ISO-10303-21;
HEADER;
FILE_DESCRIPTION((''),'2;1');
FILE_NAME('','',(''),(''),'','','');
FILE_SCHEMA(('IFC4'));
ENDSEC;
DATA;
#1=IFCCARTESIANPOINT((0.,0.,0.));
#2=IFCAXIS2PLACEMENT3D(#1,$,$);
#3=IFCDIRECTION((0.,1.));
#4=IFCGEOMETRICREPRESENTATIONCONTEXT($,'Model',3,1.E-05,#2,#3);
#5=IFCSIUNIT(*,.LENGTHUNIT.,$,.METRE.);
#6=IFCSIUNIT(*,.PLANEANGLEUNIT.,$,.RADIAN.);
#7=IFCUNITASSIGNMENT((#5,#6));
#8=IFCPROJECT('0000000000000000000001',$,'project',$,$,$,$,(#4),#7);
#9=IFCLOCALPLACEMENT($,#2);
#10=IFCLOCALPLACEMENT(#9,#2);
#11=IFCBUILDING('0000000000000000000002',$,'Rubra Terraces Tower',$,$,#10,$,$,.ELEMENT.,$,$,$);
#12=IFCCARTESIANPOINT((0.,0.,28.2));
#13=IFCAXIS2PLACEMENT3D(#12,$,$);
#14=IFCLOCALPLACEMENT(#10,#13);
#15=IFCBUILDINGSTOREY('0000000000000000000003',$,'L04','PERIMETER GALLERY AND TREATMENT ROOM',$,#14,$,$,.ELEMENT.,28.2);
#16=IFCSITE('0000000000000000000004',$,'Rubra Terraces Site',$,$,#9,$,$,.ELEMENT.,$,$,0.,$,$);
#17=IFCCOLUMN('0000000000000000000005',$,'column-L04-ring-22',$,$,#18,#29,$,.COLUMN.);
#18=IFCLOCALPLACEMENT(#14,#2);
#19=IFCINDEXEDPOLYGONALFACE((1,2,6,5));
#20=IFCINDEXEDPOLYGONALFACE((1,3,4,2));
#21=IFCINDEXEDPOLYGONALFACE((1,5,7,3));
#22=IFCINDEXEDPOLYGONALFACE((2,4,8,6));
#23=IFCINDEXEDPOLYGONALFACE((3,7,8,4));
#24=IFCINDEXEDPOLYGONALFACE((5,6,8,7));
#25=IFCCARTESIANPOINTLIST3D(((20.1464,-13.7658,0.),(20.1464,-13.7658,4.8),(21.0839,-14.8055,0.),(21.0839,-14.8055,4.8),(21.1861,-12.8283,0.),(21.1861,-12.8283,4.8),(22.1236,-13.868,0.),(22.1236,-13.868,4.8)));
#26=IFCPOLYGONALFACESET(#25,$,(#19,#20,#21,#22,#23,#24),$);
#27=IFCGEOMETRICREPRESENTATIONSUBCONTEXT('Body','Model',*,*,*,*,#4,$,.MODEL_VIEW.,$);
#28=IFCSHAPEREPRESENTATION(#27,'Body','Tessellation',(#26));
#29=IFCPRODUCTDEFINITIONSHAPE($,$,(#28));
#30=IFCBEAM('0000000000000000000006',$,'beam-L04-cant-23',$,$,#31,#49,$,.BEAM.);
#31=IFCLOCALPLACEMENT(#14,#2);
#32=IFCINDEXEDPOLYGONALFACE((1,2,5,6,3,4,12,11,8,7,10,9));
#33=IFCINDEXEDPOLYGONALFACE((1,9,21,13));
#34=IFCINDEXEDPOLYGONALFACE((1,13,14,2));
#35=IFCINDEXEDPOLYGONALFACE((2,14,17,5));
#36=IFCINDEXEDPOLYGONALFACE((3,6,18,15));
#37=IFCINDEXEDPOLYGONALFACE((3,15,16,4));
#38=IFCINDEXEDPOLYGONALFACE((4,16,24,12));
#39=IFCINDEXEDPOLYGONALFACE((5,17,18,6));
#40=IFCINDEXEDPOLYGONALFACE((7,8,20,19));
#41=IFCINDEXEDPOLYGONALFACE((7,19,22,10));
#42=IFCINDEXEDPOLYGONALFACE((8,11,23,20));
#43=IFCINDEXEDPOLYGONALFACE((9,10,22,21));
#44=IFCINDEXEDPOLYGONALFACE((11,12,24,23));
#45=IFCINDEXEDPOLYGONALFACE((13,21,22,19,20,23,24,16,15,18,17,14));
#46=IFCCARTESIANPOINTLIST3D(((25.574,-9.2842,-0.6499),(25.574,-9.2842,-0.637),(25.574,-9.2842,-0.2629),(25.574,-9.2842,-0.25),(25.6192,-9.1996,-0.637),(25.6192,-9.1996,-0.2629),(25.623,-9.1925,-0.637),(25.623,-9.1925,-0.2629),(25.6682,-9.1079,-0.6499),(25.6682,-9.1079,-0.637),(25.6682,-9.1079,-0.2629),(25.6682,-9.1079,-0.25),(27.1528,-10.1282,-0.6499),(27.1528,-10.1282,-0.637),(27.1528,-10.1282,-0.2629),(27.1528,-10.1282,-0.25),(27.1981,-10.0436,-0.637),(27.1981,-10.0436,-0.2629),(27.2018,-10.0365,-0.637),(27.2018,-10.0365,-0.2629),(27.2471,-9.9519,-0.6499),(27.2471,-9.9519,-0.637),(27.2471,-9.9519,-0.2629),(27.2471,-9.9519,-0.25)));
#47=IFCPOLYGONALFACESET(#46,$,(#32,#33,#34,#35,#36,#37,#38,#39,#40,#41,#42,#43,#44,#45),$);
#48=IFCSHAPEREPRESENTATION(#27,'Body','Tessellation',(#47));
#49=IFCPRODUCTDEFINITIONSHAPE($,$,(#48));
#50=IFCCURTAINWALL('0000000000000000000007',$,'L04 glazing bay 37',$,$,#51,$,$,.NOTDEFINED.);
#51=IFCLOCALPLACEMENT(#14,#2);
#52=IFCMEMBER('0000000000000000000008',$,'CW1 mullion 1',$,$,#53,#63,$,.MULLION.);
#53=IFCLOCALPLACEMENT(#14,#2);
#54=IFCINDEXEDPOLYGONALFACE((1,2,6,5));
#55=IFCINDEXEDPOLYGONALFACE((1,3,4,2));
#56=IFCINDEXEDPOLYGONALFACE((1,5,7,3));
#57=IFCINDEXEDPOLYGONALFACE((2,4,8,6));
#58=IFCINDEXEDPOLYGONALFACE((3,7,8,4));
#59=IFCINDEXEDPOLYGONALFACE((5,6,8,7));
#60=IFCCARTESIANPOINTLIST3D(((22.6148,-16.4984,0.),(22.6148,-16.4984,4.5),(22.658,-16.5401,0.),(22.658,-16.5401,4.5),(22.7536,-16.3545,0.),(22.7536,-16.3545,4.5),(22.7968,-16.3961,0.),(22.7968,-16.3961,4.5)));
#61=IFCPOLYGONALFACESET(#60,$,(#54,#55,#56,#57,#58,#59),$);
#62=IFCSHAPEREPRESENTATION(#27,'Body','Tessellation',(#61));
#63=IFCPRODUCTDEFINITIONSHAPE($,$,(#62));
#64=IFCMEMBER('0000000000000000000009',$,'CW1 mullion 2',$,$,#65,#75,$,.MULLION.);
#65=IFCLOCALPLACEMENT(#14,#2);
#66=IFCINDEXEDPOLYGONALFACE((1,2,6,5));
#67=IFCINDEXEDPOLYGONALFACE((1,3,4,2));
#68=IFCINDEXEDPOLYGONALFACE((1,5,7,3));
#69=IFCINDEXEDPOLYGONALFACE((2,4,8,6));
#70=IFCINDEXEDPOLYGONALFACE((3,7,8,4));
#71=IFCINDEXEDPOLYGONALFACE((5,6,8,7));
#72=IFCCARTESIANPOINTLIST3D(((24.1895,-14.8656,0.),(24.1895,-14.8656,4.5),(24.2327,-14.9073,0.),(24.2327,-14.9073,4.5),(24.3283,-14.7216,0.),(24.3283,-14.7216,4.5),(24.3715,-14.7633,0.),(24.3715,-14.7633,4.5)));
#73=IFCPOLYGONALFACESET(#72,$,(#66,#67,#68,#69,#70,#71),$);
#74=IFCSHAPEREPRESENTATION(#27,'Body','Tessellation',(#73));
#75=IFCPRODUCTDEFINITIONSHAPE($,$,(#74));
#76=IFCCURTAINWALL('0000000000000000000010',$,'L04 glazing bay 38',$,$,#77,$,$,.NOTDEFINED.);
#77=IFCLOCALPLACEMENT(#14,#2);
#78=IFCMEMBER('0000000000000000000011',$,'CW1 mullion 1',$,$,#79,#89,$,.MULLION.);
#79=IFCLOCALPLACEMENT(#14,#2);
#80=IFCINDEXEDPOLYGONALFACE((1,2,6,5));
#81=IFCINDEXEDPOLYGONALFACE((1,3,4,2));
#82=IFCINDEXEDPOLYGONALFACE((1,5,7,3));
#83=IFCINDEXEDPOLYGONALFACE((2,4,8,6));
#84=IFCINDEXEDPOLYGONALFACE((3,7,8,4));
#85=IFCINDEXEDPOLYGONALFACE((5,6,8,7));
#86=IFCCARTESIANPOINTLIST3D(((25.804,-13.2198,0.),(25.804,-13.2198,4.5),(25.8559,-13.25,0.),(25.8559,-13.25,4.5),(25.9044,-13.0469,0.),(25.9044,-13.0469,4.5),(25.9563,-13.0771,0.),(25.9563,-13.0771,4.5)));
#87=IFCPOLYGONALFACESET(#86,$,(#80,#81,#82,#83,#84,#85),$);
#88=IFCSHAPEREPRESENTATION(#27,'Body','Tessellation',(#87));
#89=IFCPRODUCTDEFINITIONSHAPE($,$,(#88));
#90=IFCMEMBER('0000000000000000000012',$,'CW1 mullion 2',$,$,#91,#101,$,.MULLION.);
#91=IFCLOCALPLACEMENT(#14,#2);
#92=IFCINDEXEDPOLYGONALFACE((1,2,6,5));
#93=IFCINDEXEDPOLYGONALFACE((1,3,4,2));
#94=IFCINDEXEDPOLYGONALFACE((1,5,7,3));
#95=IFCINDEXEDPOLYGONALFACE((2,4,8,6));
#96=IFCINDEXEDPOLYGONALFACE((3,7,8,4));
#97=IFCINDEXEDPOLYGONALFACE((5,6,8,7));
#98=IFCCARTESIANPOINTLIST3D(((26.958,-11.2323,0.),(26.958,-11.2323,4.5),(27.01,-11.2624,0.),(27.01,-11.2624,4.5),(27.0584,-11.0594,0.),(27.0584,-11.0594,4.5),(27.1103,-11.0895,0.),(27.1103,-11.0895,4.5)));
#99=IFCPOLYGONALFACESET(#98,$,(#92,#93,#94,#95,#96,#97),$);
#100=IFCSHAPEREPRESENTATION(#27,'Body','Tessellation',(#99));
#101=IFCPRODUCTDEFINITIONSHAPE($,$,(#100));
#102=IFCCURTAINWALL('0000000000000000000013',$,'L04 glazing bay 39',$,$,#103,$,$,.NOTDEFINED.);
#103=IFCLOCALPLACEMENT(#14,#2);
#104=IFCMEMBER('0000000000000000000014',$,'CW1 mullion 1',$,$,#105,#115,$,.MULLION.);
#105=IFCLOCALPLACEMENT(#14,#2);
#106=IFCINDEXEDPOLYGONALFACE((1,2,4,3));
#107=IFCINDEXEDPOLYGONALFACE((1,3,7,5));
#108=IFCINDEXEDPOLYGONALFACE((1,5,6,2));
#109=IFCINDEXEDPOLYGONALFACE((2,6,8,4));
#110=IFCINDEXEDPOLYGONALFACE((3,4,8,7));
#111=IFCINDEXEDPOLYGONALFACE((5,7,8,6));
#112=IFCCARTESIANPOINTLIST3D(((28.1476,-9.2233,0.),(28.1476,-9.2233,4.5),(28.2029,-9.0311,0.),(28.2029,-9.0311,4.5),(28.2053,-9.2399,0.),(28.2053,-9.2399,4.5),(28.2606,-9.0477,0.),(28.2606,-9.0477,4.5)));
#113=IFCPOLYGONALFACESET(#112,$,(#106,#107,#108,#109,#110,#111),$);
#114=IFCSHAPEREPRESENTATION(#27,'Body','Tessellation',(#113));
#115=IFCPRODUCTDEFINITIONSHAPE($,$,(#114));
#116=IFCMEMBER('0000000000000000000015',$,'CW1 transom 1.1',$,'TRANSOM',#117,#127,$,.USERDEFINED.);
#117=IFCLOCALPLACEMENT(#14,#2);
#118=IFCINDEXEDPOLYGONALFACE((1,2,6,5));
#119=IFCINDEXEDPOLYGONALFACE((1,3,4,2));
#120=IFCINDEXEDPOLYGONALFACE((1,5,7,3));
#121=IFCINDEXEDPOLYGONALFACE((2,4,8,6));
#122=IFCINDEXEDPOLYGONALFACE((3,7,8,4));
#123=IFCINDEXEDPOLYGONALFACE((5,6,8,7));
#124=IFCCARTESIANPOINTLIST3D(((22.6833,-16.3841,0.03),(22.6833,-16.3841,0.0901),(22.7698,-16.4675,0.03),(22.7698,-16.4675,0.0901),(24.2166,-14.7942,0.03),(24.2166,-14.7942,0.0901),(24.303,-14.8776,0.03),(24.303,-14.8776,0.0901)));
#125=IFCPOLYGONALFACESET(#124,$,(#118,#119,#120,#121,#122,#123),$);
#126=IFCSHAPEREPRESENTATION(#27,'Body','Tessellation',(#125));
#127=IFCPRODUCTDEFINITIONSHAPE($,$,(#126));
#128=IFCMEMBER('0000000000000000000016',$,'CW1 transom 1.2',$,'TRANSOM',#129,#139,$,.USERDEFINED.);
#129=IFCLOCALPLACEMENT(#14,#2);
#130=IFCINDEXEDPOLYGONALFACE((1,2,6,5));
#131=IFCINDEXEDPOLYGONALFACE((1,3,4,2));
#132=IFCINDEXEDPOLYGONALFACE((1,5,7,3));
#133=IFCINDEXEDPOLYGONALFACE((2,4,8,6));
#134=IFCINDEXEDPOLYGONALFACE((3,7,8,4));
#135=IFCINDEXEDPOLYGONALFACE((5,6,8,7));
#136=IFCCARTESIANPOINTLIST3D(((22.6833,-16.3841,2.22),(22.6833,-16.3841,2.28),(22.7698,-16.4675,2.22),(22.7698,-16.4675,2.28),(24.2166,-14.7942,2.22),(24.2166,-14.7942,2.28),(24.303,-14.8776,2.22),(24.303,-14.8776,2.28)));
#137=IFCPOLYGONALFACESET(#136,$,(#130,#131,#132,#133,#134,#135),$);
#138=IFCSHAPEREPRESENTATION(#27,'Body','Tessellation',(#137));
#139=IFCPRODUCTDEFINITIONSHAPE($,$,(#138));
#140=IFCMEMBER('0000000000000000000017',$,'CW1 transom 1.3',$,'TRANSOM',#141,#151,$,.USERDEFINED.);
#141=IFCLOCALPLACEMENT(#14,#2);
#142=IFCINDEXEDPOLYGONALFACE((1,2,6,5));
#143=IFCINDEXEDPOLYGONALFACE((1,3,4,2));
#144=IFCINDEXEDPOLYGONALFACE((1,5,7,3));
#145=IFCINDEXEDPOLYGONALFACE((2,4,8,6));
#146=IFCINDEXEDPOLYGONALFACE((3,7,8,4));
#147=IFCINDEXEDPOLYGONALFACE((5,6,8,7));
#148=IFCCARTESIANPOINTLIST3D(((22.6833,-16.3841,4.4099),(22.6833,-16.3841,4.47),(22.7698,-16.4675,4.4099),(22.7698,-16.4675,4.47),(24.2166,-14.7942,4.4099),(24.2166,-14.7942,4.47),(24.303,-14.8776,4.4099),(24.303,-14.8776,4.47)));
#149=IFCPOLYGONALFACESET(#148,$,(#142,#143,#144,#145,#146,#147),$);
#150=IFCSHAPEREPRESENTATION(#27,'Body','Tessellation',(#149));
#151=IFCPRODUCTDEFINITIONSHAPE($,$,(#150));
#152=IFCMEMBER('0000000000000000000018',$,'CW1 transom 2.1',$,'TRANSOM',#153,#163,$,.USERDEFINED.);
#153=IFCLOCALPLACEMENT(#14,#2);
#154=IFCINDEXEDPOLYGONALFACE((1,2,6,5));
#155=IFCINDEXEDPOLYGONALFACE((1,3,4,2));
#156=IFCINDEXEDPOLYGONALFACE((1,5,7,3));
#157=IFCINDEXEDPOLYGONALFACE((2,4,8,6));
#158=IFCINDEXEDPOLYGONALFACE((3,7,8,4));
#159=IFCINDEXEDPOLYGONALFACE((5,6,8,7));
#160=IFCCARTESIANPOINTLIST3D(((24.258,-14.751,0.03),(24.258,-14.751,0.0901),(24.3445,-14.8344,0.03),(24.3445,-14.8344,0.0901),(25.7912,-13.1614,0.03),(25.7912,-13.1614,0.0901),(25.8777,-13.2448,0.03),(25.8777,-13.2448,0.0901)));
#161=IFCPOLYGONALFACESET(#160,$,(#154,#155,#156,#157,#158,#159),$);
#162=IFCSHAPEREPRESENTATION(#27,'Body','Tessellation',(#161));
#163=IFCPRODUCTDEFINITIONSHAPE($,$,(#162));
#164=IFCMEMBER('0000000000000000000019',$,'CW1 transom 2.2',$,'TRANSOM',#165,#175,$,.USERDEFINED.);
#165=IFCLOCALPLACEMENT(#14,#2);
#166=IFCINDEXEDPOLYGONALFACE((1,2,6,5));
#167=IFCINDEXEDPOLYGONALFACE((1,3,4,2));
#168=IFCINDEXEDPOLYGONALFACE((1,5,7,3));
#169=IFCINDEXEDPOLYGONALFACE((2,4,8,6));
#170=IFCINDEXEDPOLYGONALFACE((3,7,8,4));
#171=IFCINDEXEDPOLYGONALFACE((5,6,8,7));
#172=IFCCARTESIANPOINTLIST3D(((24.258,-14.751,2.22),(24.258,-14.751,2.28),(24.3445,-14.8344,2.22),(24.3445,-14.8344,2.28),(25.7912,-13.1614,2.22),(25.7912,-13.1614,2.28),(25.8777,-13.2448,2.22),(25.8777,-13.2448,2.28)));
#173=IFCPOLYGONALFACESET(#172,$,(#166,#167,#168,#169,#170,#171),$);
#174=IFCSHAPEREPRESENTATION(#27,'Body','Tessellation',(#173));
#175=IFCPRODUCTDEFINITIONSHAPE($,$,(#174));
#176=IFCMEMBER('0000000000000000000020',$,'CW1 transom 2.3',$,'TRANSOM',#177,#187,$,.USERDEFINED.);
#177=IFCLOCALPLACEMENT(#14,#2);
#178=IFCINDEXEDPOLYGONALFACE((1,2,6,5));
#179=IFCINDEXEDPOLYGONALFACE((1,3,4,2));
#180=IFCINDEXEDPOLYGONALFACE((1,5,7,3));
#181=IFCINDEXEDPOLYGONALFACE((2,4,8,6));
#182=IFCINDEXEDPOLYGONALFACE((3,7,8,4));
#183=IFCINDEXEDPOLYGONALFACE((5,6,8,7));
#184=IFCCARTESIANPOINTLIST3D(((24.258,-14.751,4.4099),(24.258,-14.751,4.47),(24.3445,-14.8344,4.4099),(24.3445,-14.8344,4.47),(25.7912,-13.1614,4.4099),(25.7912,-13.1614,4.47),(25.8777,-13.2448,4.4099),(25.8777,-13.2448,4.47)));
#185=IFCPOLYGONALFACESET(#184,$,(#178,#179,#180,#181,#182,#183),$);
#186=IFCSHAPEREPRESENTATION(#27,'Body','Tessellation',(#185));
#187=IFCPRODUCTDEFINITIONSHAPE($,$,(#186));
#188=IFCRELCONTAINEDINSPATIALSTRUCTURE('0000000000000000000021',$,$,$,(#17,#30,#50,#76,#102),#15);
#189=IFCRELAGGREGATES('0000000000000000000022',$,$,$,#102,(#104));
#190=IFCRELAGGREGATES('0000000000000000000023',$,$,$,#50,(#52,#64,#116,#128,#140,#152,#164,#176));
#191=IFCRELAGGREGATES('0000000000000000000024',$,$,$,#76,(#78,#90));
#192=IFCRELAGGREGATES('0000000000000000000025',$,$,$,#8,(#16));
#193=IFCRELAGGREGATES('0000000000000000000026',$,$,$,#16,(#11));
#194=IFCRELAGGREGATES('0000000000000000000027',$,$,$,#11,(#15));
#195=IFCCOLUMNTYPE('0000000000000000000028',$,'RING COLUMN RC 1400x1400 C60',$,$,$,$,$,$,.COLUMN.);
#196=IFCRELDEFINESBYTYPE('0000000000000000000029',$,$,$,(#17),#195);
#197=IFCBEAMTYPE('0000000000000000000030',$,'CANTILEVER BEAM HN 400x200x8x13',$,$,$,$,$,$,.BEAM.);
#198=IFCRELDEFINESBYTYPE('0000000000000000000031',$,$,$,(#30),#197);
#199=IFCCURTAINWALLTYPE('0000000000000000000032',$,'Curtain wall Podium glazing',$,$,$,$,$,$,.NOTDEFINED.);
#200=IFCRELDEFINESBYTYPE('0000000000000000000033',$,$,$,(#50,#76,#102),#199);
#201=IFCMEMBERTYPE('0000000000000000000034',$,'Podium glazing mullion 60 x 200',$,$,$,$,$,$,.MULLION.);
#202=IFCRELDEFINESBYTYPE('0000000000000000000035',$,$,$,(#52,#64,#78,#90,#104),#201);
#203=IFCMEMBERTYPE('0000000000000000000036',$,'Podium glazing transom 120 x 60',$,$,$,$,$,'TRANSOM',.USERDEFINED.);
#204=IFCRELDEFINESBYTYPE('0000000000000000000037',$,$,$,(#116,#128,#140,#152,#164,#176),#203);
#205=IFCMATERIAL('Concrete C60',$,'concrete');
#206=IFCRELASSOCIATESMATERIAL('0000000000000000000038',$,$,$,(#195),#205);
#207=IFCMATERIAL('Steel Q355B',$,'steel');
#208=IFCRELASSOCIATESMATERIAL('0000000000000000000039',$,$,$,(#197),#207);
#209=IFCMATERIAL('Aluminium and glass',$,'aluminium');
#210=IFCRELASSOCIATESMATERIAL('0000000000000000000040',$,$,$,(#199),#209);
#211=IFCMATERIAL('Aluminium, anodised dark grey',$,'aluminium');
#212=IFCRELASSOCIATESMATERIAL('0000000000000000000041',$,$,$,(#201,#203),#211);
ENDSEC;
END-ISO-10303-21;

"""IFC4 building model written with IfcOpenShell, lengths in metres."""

from ifc_helpers import new_model, si_unit, direction, frame, origin, origin_2d, place, context, subcontext, project, spatial, rectangle, i_section, extrude, material, material_profile, profile_set, type_object, element, aggregate, save


model = new_model("IFC4")

# Units and contexts
model_context = context("Model", 3, precision=1e-05, world=origin(), true_north=direction((0.0, 1.0)))
body_context = subcontext(model_context, "Body", "Model", "MODEL_VIEW")
ifc_project = project(units=[si_unit("LENGTHUNIT", "METRE"), si_unit("PLANEANGLEUNIT", "RADIAN")], contexts=[model_context])

# Site, building, storey
site_placement = place(None, origin())
site = spatial("IfcSite", under=ifc_project, at=site_placement, Name="Rubra Terraces Site", CompositionType="ELEMENT", RefElevation=0.0)
building_placement = place(site_placement, origin())
building = spatial("IfcBuilding", under=site, at=building_placement, Name="Rubra Terraces Tower", CompositionType="ELEMENT")
storey_placement = place(building_placement, frame((0.0, 0.0, 28.2)))
storey = spatial("IfcBuildingStorey", under=building, at=storey_placement, Name="L04", Description="PERIMETER GALLERY AND TREATMENT ROOM", CompositionType="ELEMENT", Elevation=28.2)

# Column
ifc_material_1 = material(Name="Concrete C60", Category="concrete")
ifc_material_profile_1 = material_profile(ifc_material_1, rectangle(XDim=1.3999, YDim=1.3999, at=origin_2d()), Name="RC 1400x1400")
ifc_profile_set_1 = profile_set([ifc_material_profile_1], Name="Concrete C60")
column_type = type_object("IfcColumnType", Name="RING COLUMN RC 1400x1400 C60", PredefinedType="COLUMN", material=ifc_profile_set_1)
column_placement = place(storey_placement, frame((21.135, -13.8169, 0.0), z_axis=(0.0, 0.0, 1.0), x_axis=(0.742676, 0.669651, 0.0)))
element("IfcColumn", 1, at=column_placement, inside=storey, type_object=column_type, Name="column-L04-ring-22", PredefinedType="COLUMN", context=body_context, shape_type="SweptSolid", body=[
    extrude(rectangle(XDim=1.3999, YDim=1.3999, at=origin_2d()), origin(), (0.0, 0.0, 1.0), 4.8),
])

# Beam
ifc_material_2 = material(Name="Steel Q355B", Category="steel")
ifc_material_profile_2 = material_profile(ifc_material_2, i_section(OverallWidth=0.2, OverallDepth=0.3999, WebThickness=0.0081, FlangeThickness=0.0129, at=origin_2d()), Name="HN 400x200x8x13")
ifc_profile_set_2 = profile_set([ifc_material_profile_2], Name="Steel Q355B")
beam_type = type_object("IfcBeamType", Name="CANTILEVER BEAM HN 400x200x8x13", PredefinedType="BEAM", material=ifc_profile_set_2)
beam_placement = place(storey_placement, frame((25.6211, -9.196, -0.45), z_axis=(0.881903, -0.47143, 0.0), x_axis=(0.47143, 0.881903, 0.0)))
element("IfcBeam", 2, at=beam_placement, inside=storey, type_object=beam_type, Name="beam-L04-cant-23", PredefinedType="BEAM", context=body_context, shape_type="SweptSolid", body=[
    extrude(i_section(OverallWidth=0.2, OverallDepth=0.3999, WebThickness=0.0081, FlangeThickness=0.0129, at=origin_2d()), origin(), (0.0, 0.0, 1.0), 1.7903),
])

# Curtain walls, members
ifc_material_3 = material(Name="Aluminium and glass", Category="aluminium")
curtain_wall_type = type_object("IfcCurtainWallType", Name="Curtain wall Podium glazing", PredefinedType="NOTDEFINED", material=ifc_material_3)
curtain_wall_1_placement = place(storey_placement, origin())
curtain_wall_1 = element("IfcCurtainWall", 3, at=curtain_wall_1_placement, inside=storey, type_object=curtain_wall_type, Name="L04 glazing bay 37", PredefinedType="NOTDEFINED")
ifc_material_4 = material(Name="Aluminium, anodised dark grey", Category="aluminium")
ifc_material_profile_3 = material_profile(ifc_material_4, rectangle(XDim=0.0601, YDim=0.2, at=origin_2d()), Name="AL 60x200")
ifc_profile_set_3 = profile_set([ifc_material_profile_3], Name="Aluminium, anodised dark grey")
member_type_1 = type_object("IfcMemberType", Name="Podium glazing mullion 60 x 200", PredefinedType="MULLION", material=ifc_profile_set_3)
member_1_placement = place(storey_placement, frame((22.7058, -16.4473, 0.0), z_axis=(0.0, 0.0, 1.0), x_axis=(-0.719825, 0.694156, 0.0)))
member_1 = element("IfcMember", 4, at=member_1_placement, type_object=member_type_1, Name="CW1 mullion 1", PredefinedType="MULLION", context=body_context, shape_type="SweptSolid", body=[
    extrude(rectangle(XDim=0.0601, YDim=0.2, at=origin_2d()), origin(), (0.0, 0.0, 1.0), 4.5),
])
member_2_placement = place(storey_placement, frame((24.2805, -14.8145, 0.0), z_axis=(0.0, 0.0, 1.0), x_axis=(-0.719825, 0.694156, 0.0)))
member_2 = element("IfcMember", 5, at=member_2_placement, type_object=member_type_1, Name="CW1 mullion 2", PredefinedType="MULLION", context=body_context, shape_type="SweptSolid", body=[
    extrude(rectangle(XDim=0.0601, YDim=0.2, at=origin_2d()), origin(), (0.0, 0.0, 1.0), 4.5),
])
curtain_wall_2_placement = place(storey_placement, origin())
curtain_wall_2 = element("IfcCurtainWall", 6, at=curtain_wall_2_placement, inside=storey, type_object=curtain_wall_type, Name="L04 glazing bay 38", PredefinedType="NOTDEFINED")
member_3_placement = place(storey_placement, frame((25.8801, -13.1484, 0.0), z_axis=(0.0, 0.0, 1.0), x_axis=(-0.864813, 0.502094, 0.0)))
member_3 = element("IfcMember", 7, at=member_3_placement, type_object=member_type_1, Name="CW1 mullion 1", PredefinedType="MULLION", context=body_context, shape_type="SweptSolid", body=[
    extrude(rectangle(XDim=0.0601, YDim=0.2, at=origin_2d()), origin(), (0.0, 0.0, 1.0), 4.5),
])
member_4_placement = place(storey_placement, frame((27.0342, -11.1609, 0.0), z_axis=(0.0, 0.0, 1.0), x_axis=(-0.864813, 0.502094, 0.0)))
member_4 = element("IfcMember", 8, at=member_4_placement, type_object=member_type_1, Name="CW1 mullion 2", PredefinedType="MULLION", context=body_context, shape_type="SweptSolid", body=[
    extrude(rectangle(XDim=0.0601, YDim=0.2, at=origin_2d()), origin(), (0.0, 0.0, 1.0), 4.5),
])

# Curtain wall, member
curtain_wall_3_placement = place(storey_placement, origin())
curtain_wall_3 = element("IfcCurtainWall", 9, at=curtain_wall_3_placement, inside=storey, type_object=curtain_wall_type, Name="L04 glazing bay 39", PredefinedType="NOTDEFINED")
member_5_placement = place(storey_placement, frame((28.2041, -9.1355, 0.0), z_axis=(0.0, 0.0, 1.0), x_axis=(-0.961047, 0.276384, 0.0)))
member_5 = element("IfcMember", 10, at=member_5_placement, type_object=member_type_1, Name="CW1 mullion 1", PredefinedType="MULLION", context=body_context, shape_type="SweptSolid", body=[
    extrude(rectangle(XDim=0.0601, YDim=0.2, at=origin_2d()), origin(), (0.0, 0.0, 1.0), 4.5),
])

# Members
ifc_material_profile_4 = material_profile(ifc_material_4, rectangle(XDim=0.1201, YDim=0.0601, at=origin_2d()), Name="AL 120x60")
ifc_profile_set_4 = profile_set([ifc_material_profile_4], Name="Aluminium, anodised dark grey")
member_type_2 = type_object("IfcMemberType", Name="Podium glazing transom 120 x 60", ElementType="TRANSOM", PredefinedType="USERDEFINED", material=ifc_profile_set_4)
member_6_placement = place(storey_placement, frame((22.7266, -16.4258, 0.0601), z_axis=(0.694168, 0.719813, 0.0), x_axis=(-0.719813, 0.694168, 0.0)))
member_6 = element("IfcMember", 11, at=member_6_placement, type_object=member_type_2, Name="CW1 transom 1.1", ObjectType="TRANSOM", PredefinedType="USERDEFINED", context=body_context, shape_type="SweptSolid", body=[
    extrude(rectangle(XDim=0.1201, YDim=0.0601, at=origin_2d()), origin(), (0.0, 0.0, 1.0), 2.2087),
])
member_7_placement = place(storey_placement, frame((22.7266, -16.4258, 2.25), z_axis=(0.694168, 0.719813, 0.0), x_axis=(-0.719813, 0.694168, 0.0)))
member_7 = element("IfcMember", 12, at=member_7_placement, type_object=member_type_2, Name="CW1 transom 1.2", ObjectType="TRANSOM", PredefinedType="USERDEFINED", context=body_context, shape_type="SweptSolid", body=[
    extrude(rectangle(XDim=0.1201, YDim=0.0601, at=origin_2d()), origin(), (0.0, 0.0, 1.0), 2.2087),
])
member_8_placement = place(storey_placement, frame((22.7266, -16.4258, 4.4399), z_axis=(0.694168, 0.719813, 0.0), x_axis=(-0.719813, 0.694168, 0.0)))
member_8 = element("IfcMember", 13, at=member_8_placement, type_object=member_type_2, Name="CW1 transom 1.3", ObjectType="TRANSOM", PredefinedType="USERDEFINED", context=body_context, shape_type="SweptSolid", body=[
    extrude(rectangle(XDim=0.1201, YDim=0.0601, at=origin_2d()), origin(), (0.0, 0.0, 1.0), 2.2087),
])
member_9_placement = place(storey_placement, frame((24.3013, -14.7927, 0.0601), z_axis=(0.694224, 0.719759, 0.0), x_axis=(-0.719759, 0.694224, 0.0)))
member_9 = element("IfcMember", 14, at=member_9_placement, type_object=member_type_2, Name="CW1 transom 2.1", ObjectType="TRANSOM", PredefinedType="USERDEFINED", context=body_context, shape_type="SweptSolid", body=[
    extrude(rectangle(XDim=0.1201, YDim=0.0601, at=origin_2d()), origin(), (0.0, 0.0, 1.0), 2.2085),
])
member_10_placement = place(storey_placement, frame((24.3013, -14.7927, 2.25), z_axis=(0.694224, 0.719759, 0.0), x_axis=(-0.719759, 0.694224, 0.0)))
member_10 = element("IfcMember", 15, at=member_10_placement, type_object=member_type_2, Name="CW1 transom 2.2", ObjectType="TRANSOM", PredefinedType="USERDEFINED", context=body_context, shape_type="SweptSolid", body=[
    extrude(rectangle(XDim=0.1201, YDim=0.0601, at=origin_2d()), origin(), (0.0, 0.0, 1.0), 2.2085),
])
member_11_placement = place(storey_placement, frame((24.3013, -14.7927, 4.4399), z_axis=(0.694224, 0.719759, 0.0), x_axis=(-0.719759, 0.694224, 0.0)))
member_11 = element("IfcMember", 16, at=member_11_placement, type_object=member_type_2, Name="CW1 transom 2.3", ObjectType="TRANSOM", PredefinedType="USERDEFINED", context=body_context, shape_type="SweptSolid", body=[
    extrude(rectangle(XDim=0.1201, YDim=0.0601, at=origin_2d()), origin(), (0.0, 0.0, 1.0), 2.2085),
])
aggregate(curtain_wall_3, [member_5])

aggregate(curtain_wall_1, [member_1, member_2, member_6, member_7, member_8, member_9, member_10, member_11])
aggregate(curtain_wall_2, [member_3, member_4])

save(model, "model.ifc")
